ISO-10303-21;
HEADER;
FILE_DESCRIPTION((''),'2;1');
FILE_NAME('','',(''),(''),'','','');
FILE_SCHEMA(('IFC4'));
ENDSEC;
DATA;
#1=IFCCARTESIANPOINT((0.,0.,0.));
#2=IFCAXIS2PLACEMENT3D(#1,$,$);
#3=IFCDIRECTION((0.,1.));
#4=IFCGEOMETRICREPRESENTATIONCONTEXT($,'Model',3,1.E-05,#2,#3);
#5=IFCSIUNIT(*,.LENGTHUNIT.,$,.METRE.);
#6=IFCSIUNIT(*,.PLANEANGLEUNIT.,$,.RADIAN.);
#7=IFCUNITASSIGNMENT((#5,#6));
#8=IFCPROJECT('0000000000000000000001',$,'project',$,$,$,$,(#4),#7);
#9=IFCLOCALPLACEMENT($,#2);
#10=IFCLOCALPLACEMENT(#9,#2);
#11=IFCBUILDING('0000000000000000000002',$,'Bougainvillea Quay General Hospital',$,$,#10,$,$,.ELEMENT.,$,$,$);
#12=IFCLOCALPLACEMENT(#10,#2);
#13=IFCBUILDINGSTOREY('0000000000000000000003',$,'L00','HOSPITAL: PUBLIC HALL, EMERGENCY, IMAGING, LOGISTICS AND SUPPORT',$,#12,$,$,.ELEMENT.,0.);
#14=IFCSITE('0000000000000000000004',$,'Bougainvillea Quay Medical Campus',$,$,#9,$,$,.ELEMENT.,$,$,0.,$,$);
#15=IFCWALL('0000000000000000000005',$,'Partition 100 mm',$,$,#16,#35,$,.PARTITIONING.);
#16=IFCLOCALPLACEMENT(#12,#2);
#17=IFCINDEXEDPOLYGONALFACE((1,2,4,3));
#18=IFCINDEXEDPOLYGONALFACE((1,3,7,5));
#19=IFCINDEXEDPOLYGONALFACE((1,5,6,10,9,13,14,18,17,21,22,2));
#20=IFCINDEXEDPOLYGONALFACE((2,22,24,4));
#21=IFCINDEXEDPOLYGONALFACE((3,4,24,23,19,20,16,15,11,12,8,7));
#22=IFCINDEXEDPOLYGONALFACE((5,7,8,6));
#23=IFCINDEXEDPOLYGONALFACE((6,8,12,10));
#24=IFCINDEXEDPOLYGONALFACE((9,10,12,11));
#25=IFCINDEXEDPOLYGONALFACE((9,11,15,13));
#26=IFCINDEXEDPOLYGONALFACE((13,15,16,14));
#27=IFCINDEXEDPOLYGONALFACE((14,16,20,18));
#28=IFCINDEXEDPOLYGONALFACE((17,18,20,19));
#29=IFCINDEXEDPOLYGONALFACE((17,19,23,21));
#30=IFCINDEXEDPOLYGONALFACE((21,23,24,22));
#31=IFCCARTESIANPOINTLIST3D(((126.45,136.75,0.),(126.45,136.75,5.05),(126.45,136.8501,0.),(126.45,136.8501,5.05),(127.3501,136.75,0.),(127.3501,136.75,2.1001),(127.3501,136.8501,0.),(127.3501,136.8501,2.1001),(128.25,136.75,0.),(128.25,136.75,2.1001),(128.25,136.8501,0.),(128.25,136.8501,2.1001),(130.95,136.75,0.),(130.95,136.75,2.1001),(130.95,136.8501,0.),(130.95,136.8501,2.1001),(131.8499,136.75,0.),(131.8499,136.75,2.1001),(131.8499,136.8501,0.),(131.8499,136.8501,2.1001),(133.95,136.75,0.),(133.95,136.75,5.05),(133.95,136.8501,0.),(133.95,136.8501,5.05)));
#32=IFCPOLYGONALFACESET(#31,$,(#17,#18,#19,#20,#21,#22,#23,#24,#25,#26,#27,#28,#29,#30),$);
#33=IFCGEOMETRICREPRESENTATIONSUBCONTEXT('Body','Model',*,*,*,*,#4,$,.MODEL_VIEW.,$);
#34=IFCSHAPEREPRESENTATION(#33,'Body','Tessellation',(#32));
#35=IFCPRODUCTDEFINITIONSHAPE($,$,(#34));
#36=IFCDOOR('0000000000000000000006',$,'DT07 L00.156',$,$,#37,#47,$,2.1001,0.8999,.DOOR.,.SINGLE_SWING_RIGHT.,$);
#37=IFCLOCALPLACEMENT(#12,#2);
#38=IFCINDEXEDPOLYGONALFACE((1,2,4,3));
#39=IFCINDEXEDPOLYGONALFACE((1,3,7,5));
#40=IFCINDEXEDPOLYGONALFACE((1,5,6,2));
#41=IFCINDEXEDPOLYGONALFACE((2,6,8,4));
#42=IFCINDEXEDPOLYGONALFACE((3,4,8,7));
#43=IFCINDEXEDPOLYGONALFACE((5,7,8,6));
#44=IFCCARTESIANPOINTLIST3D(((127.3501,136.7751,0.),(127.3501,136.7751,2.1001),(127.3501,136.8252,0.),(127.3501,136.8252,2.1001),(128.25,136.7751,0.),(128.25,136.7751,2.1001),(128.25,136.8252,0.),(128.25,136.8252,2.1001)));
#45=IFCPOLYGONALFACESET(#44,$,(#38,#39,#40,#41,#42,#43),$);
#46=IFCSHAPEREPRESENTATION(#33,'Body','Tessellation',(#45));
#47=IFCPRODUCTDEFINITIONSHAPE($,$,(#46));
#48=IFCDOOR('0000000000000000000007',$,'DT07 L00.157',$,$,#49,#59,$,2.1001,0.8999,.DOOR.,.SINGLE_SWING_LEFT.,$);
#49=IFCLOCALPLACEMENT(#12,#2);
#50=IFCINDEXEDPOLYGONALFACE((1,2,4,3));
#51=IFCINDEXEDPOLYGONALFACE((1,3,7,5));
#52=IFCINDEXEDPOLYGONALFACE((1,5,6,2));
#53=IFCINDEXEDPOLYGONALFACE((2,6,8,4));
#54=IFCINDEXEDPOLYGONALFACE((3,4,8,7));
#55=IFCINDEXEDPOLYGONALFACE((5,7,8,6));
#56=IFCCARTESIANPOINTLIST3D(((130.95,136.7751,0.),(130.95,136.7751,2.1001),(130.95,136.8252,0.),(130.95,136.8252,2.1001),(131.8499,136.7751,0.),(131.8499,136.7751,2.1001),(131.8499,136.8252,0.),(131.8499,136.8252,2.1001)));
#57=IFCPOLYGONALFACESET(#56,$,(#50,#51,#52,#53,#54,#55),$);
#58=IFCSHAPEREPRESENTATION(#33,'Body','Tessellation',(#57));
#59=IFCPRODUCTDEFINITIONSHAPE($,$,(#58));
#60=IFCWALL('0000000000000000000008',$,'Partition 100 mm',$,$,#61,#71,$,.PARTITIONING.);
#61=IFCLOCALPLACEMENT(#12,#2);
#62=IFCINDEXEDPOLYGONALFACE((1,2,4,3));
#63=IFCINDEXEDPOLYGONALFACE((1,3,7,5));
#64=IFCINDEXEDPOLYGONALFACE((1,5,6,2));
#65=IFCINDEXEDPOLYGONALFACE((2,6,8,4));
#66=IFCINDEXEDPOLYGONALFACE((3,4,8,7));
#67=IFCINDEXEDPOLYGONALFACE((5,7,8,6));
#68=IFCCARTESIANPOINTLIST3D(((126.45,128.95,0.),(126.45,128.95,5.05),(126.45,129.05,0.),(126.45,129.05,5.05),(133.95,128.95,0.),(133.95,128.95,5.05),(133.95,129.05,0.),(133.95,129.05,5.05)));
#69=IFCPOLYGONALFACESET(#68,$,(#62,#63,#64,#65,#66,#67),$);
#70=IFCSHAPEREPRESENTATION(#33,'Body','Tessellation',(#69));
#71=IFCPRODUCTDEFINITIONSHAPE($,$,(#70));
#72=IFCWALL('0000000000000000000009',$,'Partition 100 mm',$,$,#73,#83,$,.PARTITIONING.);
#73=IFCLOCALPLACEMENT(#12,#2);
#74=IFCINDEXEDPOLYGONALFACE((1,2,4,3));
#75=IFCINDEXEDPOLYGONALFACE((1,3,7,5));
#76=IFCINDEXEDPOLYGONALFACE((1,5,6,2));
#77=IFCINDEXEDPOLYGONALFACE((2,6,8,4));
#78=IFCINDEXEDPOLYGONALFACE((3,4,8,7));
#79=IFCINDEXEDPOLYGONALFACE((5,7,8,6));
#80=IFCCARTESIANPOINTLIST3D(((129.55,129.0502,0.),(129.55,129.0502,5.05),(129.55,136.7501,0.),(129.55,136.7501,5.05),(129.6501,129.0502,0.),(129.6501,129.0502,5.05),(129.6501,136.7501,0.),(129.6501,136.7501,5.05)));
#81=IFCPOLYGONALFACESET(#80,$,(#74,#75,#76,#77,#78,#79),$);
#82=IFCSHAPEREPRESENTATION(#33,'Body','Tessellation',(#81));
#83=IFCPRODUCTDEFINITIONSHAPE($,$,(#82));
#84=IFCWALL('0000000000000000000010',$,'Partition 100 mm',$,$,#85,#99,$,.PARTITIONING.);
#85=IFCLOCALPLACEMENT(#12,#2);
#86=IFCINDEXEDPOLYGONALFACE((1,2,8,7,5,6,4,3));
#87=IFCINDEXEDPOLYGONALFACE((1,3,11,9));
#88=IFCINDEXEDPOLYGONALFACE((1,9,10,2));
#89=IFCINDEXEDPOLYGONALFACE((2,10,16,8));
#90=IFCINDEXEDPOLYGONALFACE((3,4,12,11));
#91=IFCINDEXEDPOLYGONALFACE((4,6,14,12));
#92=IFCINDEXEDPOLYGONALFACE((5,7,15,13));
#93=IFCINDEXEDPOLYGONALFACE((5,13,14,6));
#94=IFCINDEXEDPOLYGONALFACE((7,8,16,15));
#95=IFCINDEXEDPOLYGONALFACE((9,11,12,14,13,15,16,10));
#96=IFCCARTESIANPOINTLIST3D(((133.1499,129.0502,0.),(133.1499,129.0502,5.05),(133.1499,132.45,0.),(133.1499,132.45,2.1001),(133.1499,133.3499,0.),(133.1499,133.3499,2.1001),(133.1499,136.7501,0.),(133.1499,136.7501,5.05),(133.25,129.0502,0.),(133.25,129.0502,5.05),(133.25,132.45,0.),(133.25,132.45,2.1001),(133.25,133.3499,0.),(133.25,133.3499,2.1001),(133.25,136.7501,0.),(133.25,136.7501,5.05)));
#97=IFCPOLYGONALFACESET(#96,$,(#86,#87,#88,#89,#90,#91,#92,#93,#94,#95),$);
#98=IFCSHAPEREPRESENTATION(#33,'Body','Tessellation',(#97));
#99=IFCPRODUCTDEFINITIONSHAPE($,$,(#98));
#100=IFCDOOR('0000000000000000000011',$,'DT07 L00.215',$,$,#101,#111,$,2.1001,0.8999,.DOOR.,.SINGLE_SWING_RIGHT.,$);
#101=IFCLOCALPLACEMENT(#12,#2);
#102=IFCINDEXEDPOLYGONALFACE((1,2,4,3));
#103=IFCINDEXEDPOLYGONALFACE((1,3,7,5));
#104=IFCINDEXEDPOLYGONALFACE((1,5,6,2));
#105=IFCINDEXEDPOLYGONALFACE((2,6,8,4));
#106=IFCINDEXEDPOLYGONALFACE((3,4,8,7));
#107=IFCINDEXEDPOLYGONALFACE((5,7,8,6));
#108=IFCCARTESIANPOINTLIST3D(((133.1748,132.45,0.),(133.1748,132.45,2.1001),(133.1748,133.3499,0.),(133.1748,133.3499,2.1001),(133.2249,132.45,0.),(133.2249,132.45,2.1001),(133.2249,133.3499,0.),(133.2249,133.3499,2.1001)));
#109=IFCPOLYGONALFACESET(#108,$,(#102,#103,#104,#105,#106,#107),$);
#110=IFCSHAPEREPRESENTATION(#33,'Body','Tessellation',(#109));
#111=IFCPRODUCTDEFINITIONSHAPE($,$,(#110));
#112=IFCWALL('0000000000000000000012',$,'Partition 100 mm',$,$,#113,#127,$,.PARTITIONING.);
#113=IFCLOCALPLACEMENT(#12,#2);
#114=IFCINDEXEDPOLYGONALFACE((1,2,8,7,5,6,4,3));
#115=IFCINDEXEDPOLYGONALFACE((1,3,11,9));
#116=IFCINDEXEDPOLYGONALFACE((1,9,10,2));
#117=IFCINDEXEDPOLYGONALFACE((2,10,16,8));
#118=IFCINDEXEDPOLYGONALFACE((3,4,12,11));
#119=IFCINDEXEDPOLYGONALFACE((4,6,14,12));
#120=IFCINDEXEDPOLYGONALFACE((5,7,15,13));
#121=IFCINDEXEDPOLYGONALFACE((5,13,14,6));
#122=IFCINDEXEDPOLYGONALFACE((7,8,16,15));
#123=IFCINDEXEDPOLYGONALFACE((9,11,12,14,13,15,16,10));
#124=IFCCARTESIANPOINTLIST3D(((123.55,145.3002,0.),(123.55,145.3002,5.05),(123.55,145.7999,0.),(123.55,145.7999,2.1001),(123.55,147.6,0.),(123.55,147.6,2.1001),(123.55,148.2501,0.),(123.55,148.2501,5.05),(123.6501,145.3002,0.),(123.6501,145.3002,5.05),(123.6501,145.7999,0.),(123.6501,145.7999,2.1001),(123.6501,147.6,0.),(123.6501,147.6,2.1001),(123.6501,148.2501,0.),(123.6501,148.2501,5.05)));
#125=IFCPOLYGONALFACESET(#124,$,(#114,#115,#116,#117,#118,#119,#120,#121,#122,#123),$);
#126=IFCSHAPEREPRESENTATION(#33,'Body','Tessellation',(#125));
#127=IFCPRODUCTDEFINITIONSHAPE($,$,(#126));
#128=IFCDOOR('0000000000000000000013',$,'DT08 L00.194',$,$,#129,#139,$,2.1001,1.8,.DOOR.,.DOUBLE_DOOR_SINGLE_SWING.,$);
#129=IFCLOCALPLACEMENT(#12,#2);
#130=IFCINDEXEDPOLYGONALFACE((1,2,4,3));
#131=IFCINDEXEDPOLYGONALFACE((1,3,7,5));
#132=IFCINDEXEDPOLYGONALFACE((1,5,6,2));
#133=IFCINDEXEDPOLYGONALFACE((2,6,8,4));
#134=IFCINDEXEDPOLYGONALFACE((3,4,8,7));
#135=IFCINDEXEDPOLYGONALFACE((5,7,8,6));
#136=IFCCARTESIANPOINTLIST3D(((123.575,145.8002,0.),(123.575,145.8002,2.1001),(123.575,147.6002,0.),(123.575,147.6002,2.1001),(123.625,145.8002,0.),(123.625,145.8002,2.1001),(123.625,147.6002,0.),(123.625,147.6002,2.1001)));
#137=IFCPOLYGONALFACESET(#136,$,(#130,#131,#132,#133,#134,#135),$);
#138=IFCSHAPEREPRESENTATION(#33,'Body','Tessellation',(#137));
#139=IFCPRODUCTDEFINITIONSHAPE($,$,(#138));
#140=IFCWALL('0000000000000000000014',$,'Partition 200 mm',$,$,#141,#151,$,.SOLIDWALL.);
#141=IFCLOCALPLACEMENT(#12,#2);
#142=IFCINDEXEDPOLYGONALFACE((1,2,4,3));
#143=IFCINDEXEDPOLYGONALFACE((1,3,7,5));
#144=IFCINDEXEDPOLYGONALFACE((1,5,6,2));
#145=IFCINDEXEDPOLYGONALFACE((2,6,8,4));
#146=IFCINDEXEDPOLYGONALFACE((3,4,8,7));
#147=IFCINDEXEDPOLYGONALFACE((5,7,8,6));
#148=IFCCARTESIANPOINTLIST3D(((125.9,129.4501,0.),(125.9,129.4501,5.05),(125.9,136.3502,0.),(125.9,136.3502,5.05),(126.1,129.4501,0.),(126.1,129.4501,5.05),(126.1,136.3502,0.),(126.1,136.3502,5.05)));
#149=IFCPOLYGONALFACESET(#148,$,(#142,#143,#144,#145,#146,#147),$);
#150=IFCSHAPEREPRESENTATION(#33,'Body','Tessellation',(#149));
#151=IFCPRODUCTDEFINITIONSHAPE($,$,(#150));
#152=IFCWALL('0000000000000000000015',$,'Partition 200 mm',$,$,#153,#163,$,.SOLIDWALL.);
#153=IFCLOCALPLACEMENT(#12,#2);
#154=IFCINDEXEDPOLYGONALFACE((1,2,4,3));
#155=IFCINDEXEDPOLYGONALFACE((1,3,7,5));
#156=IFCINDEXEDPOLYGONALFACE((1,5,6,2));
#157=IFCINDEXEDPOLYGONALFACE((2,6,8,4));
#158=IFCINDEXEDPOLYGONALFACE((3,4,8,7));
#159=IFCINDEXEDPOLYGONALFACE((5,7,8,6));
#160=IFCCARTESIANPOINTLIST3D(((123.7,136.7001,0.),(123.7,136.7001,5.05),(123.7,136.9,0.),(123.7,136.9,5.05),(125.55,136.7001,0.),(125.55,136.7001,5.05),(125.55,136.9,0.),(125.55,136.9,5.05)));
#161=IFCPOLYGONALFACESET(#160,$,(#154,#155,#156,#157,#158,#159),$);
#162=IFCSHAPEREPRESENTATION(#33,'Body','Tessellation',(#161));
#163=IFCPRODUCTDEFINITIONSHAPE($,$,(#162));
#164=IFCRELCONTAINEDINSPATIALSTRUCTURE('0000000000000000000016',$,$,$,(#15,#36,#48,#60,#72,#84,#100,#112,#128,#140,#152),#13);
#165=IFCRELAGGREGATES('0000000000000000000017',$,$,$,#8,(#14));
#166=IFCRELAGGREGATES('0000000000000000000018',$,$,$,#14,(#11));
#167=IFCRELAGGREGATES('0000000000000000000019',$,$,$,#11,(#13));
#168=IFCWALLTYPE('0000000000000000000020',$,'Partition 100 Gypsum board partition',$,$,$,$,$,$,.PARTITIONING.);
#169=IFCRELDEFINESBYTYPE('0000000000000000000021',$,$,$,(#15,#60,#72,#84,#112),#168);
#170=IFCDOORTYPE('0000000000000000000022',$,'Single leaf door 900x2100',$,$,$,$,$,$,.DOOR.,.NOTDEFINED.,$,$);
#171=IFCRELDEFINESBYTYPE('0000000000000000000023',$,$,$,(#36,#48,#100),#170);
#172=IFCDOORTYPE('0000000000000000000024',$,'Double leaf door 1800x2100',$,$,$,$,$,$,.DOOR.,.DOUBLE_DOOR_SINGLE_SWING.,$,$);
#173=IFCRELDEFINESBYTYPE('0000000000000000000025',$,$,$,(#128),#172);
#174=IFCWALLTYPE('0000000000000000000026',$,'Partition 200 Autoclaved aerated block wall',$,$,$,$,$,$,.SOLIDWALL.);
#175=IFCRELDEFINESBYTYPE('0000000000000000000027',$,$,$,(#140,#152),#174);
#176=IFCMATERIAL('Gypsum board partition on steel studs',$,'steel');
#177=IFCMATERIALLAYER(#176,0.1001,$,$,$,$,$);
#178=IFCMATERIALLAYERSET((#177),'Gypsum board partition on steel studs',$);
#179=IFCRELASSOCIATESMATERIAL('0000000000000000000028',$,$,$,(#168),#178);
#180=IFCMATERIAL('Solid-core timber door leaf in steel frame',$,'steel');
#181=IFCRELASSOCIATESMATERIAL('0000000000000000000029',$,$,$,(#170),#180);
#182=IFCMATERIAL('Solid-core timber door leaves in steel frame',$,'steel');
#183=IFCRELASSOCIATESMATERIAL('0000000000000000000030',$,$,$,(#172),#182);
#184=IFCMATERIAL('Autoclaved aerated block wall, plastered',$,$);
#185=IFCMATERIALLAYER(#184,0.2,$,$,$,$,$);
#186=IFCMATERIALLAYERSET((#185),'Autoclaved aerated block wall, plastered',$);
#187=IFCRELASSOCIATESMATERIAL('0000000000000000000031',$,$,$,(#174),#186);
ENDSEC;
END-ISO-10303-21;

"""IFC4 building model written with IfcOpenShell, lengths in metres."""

from ifc_helpers import new_model, si_unit, direction, frame, frame_2d, origin, place, context, subcontext, project, spatial, rectangle, extrude, material, layer, layer_set, type_object, element, fill, save


model = new_model("IFC4")

# Units and contexts
model_context = context("Model", 3, precision=1e-05, world=origin(), true_north=direction((0.0, 1.0)))
body_context = subcontext(model_context, "Body", "Model", "MODEL_VIEW")
ifc_project = project(units=[si_unit("LENGTHUNIT", "METRE"), si_unit("PLANEANGLEUNIT", "RADIAN")], contexts=[model_context])

# Site, building, storey
site_placement = place(None, origin())
site = spatial("IfcSite", under=ifc_project, at=site_placement, Name="Bougainvillea Quay Medical Campus", CompositionType="ELEMENT", RefElevation=0.0)
building_placement = place(site_placement, origin())
building = spatial("IfcBuilding", under=site, at=building_placement, Name="Bougainvillea Quay General Hospital", CompositionType="ELEMENT")
storey_placement = place(building_placement, origin())
storey = spatial("IfcBuildingStorey", under=building, at=storey_placement, Name="L00", Description="HOSPITAL: PUBLIC HALL, EMERGENCY, IMAGING, LOGISTICS AND SUPPORT", CompositionType="ELEMENT", Elevation=0.0)

# Wall, openings, doors
ifc_material_1 = material(Name="Gypsum board partition on steel studs", Category="steel")
ifc_layer_1 = layer(ifc_material_1, 0.1001)
ifc_layer_set_1 = layer_set([ifc_layer_1], Name="Gypsum board partition on steel studs")
wall_type_1 = type_object("IfcWallType", Name="Partition 100 Gypsum board partition", PredefinedType="PARTITIONING", material=ifc_layer_set_1)
wall_1_placement = place(storey_placement, frame((133.95, 136.8, 0.0), z_axis=(0.0, 0.0, 1.0), x_axis=(-1.0, 0.0, 0.0)))
wall_1 = element("IfcWall", 1, at=wall_1_placement, inside=storey, type_object=wall_type_1, Name="Partition 100 mm", PredefinedType="PARTITIONING", context=body_context, shape_type="SweptSolid", body=[
    extrude(rectangle(XDim=7.5, YDim=0.1001, at=frame_2d((3.75, 0.0))), origin(), (0.0, 0.0, 1.0), 5.05),
])
opening_1_placement = place(wall_1_placement, frame((5.7, 0.0, 0.0)))
opening_1 = element("IfcOpeningElement", 2, at=opening_1_placement, cuts=wall_1, PredefinedType="OPENING", context=body_context, shape_type="SweptSolid", body=[
    extrude(rectangle(XDim=0.8999, YDim=2.1001, at=frame_2d((0.45, 1.05))), frame((0.0, 0.0601, 0.0), z_axis=(0.0, -1.0, 0.0), x_axis=(1.0, 0.0, 0.0)), (0.0, 0.0, 1.0), 0.1201),
])
opening_2_placement = place(wall_1_placement, frame((2.1001, 0.0, 0.0)))
opening_2 = element("IfcOpeningElement", 3, at=opening_2_placement, cuts=wall_1, PredefinedType="OPENING", context=body_context, shape_type="SweptSolid", body=[
    extrude(rectangle(XDim=0.8999, YDim=2.1001, at=frame_2d((0.45, 1.05))), frame((0.0, 0.0601, 0.0), z_axis=(0.0, -1.0, 0.0), x_axis=(1.0, 0.0, 0.0)), (0.0, 0.0, 1.0), 0.1201),
])
ifc_material_2 = material(Name="Solid-core timber door leaf in steel frame", Category="steel")
door_type_1 = type_object("IfcDoorType", Name="Single leaf door 900x2100", OperationType="NOTDEFINED", PredefinedType="DOOR", material=ifc_material_2)
door_1_placement = place(opening_1_placement, origin())
door_1 = element("IfcDoor", 4, at=door_1_placement, inside=storey, type_object=door_type_1, Name="DT07 L00.156", OperationType="SINGLE_SWING_RIGHT", OverallHeight=2.1001, OverallWidth=0.8999, PredefinedType="DOOR", context=body_context, shape_type="SweptSolid", body=[
    extrude(rectangle(XDim=0.8999, YDim=2.1001, at=frame_2d((0.45, 1.05))), frame((0.0, 0.0249, 0.0), z_axis=(0.0, -1.0, 0.0), x_axis=(1.0, 0.0, 0.0)), (0.0, 0.0, 1.0), 0.05),
])
fill(opening_1, door_1)
door_2_placement = place(opening_2_placement, origin())
door_2 = element("IfcDoor", 5, at=door_2_placement, inside=storey, type_object=door_type_1, Name="DT07 L00.157", OperationType="SINGLE_SWING_LEFT", OverallHeight=2.1001, OverallWidth=0.8999, PredefinedType="DOOR", context=body_context, shape_type="SweptSolid", body=[
    extrude(rectangle(XDim=0.8999, YDim=2.1001, at=frame_2d((0.45, 1.05))), frame((0.0, 0.0249, 0.0), z_axis=(0.0, -1.0, 0.0), x_axis=(1.0, 0.0, 0.0)), (0.0, 0.0, 1.0), 0.05),
])
fill(opening_2, door_2)

# Walls
wall_2_placement = place(storey_placement, frame((133.95, 129.0, 0.0), z_axis=(0.0, 0.0, 1.0), x_axis=(-1.0, 0.0, 0.0)))
element("IfcWall", 6, at=wall_2_placement, inside=storey, type_object=wall_type_1, Name="Partition 100 mm", PredefinedType="PARTITIONING", context=body_context, shape_type="SweptSolid", body=[
    extrude(rectangle(XDim=7.5, YDim=0.1001, at=frame_2d((3.75, 0.0))), origin(), (0.0, 0.0, 1.0), 5.05),
])
wall_3_placement = place(storey_placement, frame((129.6001, 129.05, 0.0), z_axis=(0.0, 0.0, 1.0), x_axis=(0.0, 1.0, 0.0)))
element("IfcWall", 7, at=wall_3_placement, inside=storey, type_object=wall_type_1, Name="Partition 100 mm", PredefinedType="PARTITIONING", context=body_context, shape_type="SweptSolid", body=[
    extrude(rectangle(XDim=7.7, YDim=0.1001, at=frame_2d((3.8501, 0.0))), origin(), (0.0, 0.0, 1.0), 5.05),
])

# Walls, openings, doors
wall_4_placement = place(storey_placement, frame((133.2, 129.05, 0.0), z_axis=(0.0, 0.0, 1.0), x_axis=(0.0, 1.0, 0.0)))
wall_4 = element("IfcWall", 8, at=wall_4_placement, inside=storey, type_object=wall_type_1, Name="Partition 100 mm", PredefinedType="PARTITIONING", context=body_context, shape_type="SweptSolid", body=[
    extrude(rectangle(XDim=7.7, YDim=0.1001, at=frame_2d((3.8501, 0.0))), origin(), (0.0, 0.0, 1.0), 5.05),
])
opening_3_placement = place(wall_4_placement, frame((3.3999, 0.0, 0.0)))
opening_3 = element("IfcOpeningElement", 9, at=opening_3_placement, cuts=wall_4, PredefinedType="OPENING", context=body_context, shape_type="SweptSolid", body=[
    extrude(rectangle(XDim=0.8999, YDim=2.1001, at=frame_2d((0.45, 1.05))), frame((0.0, 0.0601, 0.0), z_axis=(0.0, -1.0, 0.0), x_axis=(1.0, 0.0, 0.0)), (0.0, 0.0, 1.0), 0.1201),
])
door_3_placement = place(opening_3_placement, frame((0.8999, 0.0, 0.0), z_axis=(0.0, 0.0, 1.0), x_axis=(-1.0, 0.0, 0.0)))
door_3 = element("IfcDoor", 10, at=door_3_placement, inside=storey, type_object=door_type_1, Name="DT07 L00.215", OperationType="SINGLE_SWING_RIGHT", OverallHeight=2.1001, OverallWidth=0.8999, PredefinedType="DOOR", context=body_context, shape_type="SweptSolid", body=[
    extrude(rectangle(XDim=0.8999, YDim=2.1001, at=frame_2d((0.45, 1.05))), frame((0.0, 0.0249, 0.0), z_axis=(0.0, -1.0, 0.0), x_axis=(1.0, 0.0, 0.0)), (0.0, 0.0, 1.0), 0.05),
])
fill(opening_3, door_3)
wall_5_placement = place(storey_placement, frame((123.6001, 145.3, 0.0), z_axis=(0.0, 0.0, 1.0), x_axis=(0.0, 1.0, 0.0)))
wall_5 = element("IfcWall", 11, at=wall_5_placement, inside=storey, type_object=wall_type_1, Name="Partition 100 mm", PredefinedType="PARTITIONING", context=body_context, shape_type="SweptSolid", body=[
    extrude(rectangle(XDim=2.95, YDim=0.1001, at=frame_2d((1.4751, 0.0))), origin(), (0.0, 0.0, 1.0), 5.05),
])
opening_4_placement = place(wall_5_placement, frame((0.5, 0.0, 0.0)))
opening_4 = element("IfcOpeningElement", 12, at=opening_4_placement, cuts=wall_5, PredefinedType="OPENING", context=body_context, shape_type="SweptSolid", body=[
    extrude(rectangle(XDim=1.8, YDim=2.1001, at=frame_2d((0.8999, 1.05))), frame((0.0, 0.0601, 0.0), z_axis=(0.0, -1.0, 0.0), x_axis=(1.0, 0.0, 0.0)), (0.0, 0.0, 1.0), 0.1201),
])
ifc_material_3 = material(Name="Solid-core timber door leaves in steel frame", Category="steel")
door_type_2 = type_object("IfcDoorType", Name="Double leaf door 1800x2100", OperationType="DOUBLE_DOOR_SINGLE_SWING", PredefinedType="DOOR", material=ifc_material_3)
door_4_placement = place(opening_4_placement, frame((1.8, 0.0, 0.0), z_axis=(0.0, 0.0, 1.0), x_axis=(-1.0, 0.0, 0.0)))
door_4 = element("IfcDoor", 13, at=door_4_placement, inside=storey, type_object=door_type_2, Name="DT08 L00.194", OperationType="DOUBLE_DOOR_SINGLE_SWING", OverallHeight=2.1001, OverallWidth=1.8, PredefinedType="DOOR", context=body_context, shape_type="SweptSolid", body=[
    extrude(rectangle(XDim=1.8, YDim=2.1001, at=frame_2d((0.8999, 1.05))), frame((0.0, 0.0249, 0.0), z_axis=(0.0, -1.0, 0.0), x_axis=(1.0, 0.0, 0.0)), (0.0, 0.0, 1.0), 0.05),
])
fill(opening_4, door_4)

# Walls
ifc_material_4 = material(Name="Autoclaved aerated block wall, plastered")
ifc_layer_2 = layer(ifc_material_4, 0.2)
ifc_layer_set_2 = layer_set([ifc_layer_2], Name="Autoclaved aerated block wall, plastered")
wall_type_2 = type_object("IfcWallType", Name="Partition 200 Autoclaved aerated block wall", PredefinedType="SOLIDWALL", material=ifc_layer_set_2)
wall_6_placement = place(storey_placement, frame((126.0, 129.45, 0.0), z_axis=(0.0, 0.0, 1.0), x_axis=(0.0, 1.0, 0.0)))
element("IfcWall", 14, at=wall_6_placement, inside=storey, type_object=wall_type_2, Name="Partition 200 mm", PredefinedType="SOLIDWALL", context=body_context, shape_type="SweptSolid", body=[
    extrude(rectangle(XDim=6.9001, YDim=0.2, at=frame_2d((3.4502, 0.0))), origin(), (0.0, 0.0, 1.0), 5.05),
])
wall_7_placement = place(storey_placement, frame((123.7, 136.8, 0.0), z_axis=(0.0, 0.0, 1.0), x_axis=(1.0, 0.0, 0.0)))
element("IfcWall", 15, at=wall_7_placement, inside=storey, type_object=wall_type_2, Name="Partition 200 mm", PredefinedType="SOLIDWALL", context=body_context, shape_type="SweptSolid", body=[
    extrude(rectangle(XDim=1.8501, YDim=0.2, at=frame_2d((0.925, 0.0))), origin(), (0.0, 0.0, 1.0), 5.05),
])

save(model, "model.ifc")
